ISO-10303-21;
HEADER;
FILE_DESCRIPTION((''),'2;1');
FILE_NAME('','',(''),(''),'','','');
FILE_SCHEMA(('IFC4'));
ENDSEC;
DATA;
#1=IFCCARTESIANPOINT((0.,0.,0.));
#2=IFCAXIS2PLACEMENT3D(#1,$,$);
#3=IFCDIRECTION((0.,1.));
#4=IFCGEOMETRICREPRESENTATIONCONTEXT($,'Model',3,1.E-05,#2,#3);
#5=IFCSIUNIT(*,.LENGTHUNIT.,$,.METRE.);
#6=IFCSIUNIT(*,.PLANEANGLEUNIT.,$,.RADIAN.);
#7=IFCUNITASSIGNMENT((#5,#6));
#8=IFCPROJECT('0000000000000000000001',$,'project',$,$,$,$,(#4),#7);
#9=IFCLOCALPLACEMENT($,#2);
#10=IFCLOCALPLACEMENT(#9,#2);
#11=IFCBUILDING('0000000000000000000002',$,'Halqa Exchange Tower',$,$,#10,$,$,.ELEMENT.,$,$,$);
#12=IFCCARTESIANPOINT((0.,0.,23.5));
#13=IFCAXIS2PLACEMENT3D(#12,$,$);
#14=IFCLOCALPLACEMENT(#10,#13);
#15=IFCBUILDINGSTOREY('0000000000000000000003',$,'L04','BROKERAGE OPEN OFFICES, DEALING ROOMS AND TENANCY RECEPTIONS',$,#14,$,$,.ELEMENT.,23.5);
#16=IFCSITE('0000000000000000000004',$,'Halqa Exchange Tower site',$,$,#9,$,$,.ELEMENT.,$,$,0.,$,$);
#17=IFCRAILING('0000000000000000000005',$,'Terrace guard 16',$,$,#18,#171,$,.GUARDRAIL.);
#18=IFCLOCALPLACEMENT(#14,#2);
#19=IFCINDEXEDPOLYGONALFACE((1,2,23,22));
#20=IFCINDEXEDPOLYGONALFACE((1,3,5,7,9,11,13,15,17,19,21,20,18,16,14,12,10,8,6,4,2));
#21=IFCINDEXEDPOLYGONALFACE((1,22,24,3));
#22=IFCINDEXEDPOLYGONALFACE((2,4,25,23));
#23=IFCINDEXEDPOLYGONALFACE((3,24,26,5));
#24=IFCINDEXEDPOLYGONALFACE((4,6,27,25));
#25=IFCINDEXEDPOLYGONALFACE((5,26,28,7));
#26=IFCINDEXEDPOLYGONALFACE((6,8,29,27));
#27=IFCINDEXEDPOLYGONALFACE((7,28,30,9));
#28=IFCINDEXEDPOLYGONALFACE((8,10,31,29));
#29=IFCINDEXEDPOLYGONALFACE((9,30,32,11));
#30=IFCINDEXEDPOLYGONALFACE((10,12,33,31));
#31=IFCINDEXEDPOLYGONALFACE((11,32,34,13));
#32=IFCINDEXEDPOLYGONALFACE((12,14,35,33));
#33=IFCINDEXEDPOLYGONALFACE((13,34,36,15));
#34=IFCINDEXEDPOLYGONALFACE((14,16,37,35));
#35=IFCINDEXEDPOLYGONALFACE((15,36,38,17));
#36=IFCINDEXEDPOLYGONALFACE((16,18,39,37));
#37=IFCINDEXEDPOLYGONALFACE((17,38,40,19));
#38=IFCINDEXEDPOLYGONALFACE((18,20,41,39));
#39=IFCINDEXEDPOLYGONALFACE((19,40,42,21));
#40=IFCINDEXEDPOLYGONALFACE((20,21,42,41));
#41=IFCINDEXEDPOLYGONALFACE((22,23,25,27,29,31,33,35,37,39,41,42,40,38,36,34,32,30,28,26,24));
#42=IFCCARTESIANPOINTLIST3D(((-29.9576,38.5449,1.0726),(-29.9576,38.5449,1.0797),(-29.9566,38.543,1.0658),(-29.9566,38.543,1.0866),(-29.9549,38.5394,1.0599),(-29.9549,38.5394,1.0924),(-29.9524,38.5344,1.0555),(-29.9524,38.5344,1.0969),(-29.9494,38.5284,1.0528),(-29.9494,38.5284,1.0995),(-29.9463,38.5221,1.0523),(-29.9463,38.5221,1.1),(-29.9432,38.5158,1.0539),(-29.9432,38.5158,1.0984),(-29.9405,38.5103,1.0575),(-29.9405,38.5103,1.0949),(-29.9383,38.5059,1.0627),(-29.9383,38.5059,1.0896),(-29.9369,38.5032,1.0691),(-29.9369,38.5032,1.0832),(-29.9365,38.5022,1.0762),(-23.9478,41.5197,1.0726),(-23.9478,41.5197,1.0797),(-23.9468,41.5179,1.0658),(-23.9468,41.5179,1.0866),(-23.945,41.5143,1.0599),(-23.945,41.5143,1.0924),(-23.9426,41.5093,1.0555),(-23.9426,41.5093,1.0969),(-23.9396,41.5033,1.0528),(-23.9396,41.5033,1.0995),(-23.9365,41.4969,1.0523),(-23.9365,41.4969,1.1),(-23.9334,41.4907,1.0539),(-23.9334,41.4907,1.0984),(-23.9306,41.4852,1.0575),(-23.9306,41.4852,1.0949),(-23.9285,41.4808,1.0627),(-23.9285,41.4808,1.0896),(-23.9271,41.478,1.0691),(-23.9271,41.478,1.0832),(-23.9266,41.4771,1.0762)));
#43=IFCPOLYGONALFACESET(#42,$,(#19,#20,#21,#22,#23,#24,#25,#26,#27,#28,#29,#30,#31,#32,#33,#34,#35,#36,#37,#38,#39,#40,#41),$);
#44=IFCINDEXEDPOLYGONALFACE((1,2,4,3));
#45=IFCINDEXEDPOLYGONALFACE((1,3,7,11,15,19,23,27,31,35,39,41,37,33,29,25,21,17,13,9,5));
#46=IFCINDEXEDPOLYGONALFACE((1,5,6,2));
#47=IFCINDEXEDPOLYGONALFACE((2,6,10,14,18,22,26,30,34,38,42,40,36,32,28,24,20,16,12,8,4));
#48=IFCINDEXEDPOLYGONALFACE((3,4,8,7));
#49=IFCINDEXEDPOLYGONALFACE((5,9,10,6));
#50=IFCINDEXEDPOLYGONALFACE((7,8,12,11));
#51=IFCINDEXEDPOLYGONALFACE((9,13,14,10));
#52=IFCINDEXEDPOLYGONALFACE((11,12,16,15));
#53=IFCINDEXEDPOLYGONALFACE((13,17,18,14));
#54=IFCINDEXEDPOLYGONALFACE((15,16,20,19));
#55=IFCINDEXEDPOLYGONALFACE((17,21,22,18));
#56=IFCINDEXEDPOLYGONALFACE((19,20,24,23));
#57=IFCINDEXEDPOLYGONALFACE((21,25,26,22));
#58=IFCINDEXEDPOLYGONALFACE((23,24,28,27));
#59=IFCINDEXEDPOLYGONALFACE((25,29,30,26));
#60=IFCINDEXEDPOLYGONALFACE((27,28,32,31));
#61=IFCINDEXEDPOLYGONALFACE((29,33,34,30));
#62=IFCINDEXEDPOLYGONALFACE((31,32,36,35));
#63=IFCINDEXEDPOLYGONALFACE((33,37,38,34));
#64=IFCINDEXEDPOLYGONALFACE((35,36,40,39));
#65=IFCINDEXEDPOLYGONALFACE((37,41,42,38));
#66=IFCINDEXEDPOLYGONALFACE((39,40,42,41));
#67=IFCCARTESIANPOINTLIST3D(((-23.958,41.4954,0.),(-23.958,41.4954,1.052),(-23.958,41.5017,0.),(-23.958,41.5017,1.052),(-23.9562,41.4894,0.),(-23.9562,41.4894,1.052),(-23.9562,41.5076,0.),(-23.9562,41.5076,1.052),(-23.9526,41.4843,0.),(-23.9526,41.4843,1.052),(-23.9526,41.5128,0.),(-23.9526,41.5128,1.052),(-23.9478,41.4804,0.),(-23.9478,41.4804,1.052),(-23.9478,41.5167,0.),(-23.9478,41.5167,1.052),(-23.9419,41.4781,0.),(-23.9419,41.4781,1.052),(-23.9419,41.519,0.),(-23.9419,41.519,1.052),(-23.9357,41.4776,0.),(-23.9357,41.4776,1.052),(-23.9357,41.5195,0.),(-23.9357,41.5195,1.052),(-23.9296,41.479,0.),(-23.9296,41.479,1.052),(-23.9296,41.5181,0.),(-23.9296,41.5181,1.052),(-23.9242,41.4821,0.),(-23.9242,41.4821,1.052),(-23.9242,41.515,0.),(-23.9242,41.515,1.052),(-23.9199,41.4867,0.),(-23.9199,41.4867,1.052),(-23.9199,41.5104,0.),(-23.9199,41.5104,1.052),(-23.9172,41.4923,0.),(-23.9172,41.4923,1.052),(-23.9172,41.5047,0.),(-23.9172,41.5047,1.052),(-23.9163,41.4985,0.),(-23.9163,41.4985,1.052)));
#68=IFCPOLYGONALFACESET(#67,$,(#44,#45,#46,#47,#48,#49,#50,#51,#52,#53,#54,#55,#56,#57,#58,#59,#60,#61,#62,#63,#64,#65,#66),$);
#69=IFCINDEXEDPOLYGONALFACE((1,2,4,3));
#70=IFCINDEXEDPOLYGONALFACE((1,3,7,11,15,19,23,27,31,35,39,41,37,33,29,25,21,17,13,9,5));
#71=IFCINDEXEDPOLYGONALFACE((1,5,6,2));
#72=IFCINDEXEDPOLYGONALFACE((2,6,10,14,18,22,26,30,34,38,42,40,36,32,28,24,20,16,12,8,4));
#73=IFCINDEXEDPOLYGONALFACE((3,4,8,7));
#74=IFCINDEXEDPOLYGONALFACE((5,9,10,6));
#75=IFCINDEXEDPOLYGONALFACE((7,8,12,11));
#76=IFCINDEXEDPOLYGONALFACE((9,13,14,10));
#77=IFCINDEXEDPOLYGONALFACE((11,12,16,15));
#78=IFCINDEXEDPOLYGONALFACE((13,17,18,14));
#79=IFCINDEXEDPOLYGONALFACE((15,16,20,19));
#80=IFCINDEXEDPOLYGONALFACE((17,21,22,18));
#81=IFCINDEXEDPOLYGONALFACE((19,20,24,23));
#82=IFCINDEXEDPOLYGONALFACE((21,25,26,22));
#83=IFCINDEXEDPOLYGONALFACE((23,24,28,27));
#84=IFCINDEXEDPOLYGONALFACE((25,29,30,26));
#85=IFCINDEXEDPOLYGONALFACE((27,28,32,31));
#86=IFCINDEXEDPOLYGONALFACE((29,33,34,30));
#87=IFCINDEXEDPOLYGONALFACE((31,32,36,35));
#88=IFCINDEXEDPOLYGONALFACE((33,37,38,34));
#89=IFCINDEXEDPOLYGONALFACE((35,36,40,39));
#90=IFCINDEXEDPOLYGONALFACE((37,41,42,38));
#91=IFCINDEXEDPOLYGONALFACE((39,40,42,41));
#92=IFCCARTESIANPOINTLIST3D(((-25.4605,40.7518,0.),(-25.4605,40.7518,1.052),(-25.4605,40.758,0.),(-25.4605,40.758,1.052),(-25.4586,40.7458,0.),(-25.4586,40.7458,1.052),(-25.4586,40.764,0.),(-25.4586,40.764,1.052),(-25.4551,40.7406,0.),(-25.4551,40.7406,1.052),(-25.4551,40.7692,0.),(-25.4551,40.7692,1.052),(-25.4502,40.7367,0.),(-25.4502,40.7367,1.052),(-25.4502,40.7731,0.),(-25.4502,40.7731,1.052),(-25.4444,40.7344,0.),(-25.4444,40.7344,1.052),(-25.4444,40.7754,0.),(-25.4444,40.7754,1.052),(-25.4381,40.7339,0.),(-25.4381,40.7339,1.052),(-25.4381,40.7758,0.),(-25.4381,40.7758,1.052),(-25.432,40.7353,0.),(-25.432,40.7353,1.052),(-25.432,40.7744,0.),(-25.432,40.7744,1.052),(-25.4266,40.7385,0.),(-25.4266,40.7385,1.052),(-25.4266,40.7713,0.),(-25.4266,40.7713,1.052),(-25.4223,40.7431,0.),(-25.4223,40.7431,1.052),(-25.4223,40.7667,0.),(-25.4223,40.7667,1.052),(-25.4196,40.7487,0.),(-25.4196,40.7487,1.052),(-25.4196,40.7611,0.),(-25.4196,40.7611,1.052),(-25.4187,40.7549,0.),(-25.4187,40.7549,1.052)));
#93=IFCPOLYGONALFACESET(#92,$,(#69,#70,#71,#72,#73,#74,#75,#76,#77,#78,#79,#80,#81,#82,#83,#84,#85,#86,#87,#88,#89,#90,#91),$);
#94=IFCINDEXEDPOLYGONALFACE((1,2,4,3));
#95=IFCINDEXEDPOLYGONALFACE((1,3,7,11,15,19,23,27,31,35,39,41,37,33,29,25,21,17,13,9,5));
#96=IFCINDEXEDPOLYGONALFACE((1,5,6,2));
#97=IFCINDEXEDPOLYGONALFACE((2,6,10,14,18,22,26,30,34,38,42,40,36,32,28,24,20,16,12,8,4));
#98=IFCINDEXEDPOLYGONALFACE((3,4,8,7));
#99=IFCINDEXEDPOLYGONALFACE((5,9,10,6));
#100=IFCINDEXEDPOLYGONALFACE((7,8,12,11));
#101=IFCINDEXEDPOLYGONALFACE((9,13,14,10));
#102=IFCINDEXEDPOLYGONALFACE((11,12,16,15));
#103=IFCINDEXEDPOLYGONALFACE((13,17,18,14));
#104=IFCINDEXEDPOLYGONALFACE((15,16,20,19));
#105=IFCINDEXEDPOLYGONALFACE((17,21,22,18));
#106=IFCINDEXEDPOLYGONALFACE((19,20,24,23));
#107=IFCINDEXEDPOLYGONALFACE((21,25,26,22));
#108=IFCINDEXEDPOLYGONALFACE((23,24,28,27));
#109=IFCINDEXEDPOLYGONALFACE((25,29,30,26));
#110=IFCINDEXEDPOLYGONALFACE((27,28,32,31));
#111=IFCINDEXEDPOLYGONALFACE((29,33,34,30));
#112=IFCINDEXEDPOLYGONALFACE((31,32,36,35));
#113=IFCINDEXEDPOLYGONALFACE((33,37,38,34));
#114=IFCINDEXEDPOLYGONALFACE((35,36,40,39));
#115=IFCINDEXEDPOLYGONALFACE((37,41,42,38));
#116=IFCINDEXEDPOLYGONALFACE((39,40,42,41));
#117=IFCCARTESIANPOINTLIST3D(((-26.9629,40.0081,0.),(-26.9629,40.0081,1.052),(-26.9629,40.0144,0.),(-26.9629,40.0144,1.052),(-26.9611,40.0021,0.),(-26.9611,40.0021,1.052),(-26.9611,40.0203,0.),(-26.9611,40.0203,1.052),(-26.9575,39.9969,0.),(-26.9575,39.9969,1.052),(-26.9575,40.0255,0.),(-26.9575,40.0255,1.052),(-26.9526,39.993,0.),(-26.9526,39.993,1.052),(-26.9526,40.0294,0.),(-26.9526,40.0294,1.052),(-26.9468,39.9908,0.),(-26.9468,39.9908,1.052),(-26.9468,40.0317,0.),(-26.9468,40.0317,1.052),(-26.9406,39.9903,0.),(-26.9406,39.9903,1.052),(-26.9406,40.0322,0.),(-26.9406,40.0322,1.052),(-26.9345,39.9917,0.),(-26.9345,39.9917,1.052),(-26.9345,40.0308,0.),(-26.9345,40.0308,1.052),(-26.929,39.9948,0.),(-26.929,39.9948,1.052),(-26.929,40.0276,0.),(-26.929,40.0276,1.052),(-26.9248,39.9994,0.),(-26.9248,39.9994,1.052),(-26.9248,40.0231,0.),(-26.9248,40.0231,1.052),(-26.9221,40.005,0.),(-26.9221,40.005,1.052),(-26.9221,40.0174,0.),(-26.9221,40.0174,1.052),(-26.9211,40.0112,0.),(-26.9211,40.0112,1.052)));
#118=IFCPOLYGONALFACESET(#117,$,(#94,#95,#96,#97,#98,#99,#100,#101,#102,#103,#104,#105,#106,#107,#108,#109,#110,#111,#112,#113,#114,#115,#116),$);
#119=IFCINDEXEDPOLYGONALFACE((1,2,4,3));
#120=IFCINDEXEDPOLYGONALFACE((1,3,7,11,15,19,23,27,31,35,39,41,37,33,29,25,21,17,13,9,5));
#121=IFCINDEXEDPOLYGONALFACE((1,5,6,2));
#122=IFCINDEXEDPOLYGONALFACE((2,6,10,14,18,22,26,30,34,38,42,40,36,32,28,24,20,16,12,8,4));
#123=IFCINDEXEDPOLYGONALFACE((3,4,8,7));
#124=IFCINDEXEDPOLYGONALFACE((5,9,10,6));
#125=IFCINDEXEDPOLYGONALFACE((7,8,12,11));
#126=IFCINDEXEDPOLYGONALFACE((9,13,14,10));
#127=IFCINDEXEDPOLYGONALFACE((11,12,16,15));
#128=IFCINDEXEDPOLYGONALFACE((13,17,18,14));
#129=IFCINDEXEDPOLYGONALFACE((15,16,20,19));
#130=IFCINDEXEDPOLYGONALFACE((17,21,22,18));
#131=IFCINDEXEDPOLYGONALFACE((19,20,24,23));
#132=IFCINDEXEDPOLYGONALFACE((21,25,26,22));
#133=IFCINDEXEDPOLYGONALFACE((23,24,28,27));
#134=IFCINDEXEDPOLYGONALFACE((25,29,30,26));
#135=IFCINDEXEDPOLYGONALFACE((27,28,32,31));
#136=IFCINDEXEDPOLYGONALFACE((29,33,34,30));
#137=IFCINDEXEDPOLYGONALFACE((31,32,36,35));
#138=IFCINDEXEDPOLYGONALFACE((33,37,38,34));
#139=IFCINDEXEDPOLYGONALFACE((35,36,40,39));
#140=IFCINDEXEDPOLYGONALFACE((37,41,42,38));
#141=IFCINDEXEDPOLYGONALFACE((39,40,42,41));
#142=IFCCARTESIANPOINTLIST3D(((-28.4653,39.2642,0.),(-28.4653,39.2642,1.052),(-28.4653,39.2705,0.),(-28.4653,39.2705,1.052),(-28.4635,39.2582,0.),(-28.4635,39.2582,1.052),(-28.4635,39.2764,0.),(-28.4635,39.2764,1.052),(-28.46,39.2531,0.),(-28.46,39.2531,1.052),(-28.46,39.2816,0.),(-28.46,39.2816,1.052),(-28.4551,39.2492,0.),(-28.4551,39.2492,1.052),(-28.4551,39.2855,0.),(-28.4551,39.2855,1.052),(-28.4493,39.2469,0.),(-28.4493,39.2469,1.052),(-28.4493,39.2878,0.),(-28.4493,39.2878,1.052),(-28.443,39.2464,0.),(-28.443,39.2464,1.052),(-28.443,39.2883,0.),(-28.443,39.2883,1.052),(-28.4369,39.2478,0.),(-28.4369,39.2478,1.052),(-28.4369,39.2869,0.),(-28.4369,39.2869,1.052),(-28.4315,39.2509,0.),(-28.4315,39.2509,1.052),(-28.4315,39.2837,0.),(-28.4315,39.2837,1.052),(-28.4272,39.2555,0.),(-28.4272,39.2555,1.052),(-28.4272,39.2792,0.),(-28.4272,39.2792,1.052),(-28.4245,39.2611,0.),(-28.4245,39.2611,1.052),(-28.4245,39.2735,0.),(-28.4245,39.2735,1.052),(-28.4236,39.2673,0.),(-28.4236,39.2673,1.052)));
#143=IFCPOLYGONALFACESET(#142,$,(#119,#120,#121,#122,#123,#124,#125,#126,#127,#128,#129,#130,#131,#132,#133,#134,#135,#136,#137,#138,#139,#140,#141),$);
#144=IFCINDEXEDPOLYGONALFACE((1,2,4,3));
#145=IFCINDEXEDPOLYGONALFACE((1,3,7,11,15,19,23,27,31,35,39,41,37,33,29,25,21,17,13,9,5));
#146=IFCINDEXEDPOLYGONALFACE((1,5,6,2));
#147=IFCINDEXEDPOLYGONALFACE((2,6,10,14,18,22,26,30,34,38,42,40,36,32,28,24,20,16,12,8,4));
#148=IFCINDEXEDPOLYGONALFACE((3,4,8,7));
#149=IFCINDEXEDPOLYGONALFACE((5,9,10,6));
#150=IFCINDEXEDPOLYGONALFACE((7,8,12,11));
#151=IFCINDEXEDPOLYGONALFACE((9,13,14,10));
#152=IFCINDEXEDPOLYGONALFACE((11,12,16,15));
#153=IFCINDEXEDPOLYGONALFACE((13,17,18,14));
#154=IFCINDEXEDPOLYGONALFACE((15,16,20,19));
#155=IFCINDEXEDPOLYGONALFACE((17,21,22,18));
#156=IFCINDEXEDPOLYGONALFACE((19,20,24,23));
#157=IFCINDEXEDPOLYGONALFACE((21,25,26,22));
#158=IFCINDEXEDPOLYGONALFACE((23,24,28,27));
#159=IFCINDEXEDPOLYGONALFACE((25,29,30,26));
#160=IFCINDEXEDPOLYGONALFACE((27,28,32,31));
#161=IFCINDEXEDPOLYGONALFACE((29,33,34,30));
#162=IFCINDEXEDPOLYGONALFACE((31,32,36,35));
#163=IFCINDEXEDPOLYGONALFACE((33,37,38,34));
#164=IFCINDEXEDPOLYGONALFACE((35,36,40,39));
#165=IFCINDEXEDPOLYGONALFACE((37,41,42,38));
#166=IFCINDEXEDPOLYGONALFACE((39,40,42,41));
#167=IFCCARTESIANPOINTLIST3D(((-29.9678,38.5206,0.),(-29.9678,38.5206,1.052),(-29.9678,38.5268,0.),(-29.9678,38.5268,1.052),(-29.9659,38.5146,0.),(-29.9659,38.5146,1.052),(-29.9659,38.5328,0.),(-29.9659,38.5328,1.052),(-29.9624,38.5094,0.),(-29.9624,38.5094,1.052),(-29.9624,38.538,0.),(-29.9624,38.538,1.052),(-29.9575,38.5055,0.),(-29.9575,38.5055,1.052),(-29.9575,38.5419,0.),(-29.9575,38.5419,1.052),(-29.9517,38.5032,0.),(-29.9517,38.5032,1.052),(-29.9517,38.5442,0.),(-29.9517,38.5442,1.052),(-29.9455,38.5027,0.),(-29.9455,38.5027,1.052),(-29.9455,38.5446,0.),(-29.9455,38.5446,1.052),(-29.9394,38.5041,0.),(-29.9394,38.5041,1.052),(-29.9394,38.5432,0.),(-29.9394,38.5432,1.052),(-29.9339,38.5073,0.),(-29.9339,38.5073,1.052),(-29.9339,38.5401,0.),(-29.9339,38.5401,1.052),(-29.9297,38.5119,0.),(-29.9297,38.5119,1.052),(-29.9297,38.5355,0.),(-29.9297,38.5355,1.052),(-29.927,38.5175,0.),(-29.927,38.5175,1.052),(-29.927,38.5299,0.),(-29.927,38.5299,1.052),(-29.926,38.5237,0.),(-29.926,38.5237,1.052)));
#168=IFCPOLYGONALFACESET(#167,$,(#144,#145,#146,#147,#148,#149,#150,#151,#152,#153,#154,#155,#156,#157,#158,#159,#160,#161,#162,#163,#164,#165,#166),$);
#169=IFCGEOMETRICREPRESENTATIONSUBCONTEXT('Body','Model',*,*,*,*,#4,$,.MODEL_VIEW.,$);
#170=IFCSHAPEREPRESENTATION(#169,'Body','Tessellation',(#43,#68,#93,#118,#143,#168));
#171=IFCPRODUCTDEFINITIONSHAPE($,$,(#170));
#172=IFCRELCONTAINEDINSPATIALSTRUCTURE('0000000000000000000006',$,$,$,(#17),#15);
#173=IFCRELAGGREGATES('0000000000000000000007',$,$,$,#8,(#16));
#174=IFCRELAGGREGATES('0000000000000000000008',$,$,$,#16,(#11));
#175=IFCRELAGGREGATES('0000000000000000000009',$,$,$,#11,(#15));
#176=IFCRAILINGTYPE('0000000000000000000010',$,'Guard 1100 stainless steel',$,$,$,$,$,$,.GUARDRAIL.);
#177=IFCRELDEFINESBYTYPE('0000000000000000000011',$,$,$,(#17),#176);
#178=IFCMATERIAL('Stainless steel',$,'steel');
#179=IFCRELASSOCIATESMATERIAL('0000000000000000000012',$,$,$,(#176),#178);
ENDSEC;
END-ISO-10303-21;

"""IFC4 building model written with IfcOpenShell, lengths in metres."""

from ifc_helpers import new_model, si_unit, direction, frame, origin, origin_2d, place, context, subcontext, project, spatial, circle, extrude, material, type_object, element, save


model = new_model("IFC4")

# Units and contexts
model_context = context("Model", 3, precision=1e-05, world=origin(), true_north=direction((0.0, 1.0)))
body_context = subcontext(model_context, "Body", "Model", "MODEL_VIEW")
ifc_project = project(units=[si_unit("LENGTHUNIT", "METRE"), si_unit("PLANEANGLEUNIT", "RADIAN")], contexts=[model_context])

# Site, building, storey
site_placement = place(None, origin())
site = spatial("IfcSite", under=ifc_project, at=site_placement, Name="Halqa Exchange Tower site", CompositionType="ELEMENT", RefElevation=0.0)
building_placement = place(site_placement, origin())
building = spatial("IfcBuilding", under=site, at=building_placement, Name="Halqa Exchange Tower", CompositionType="ELEMENT")
storey_placement = place(building_placement, frame((0.0, 0.0, 23.5)))
storey = spatial("IfcBuildingStorey", under=building, at=storey_placement, Name="L04", Description="BROKERAGE OPEN OFFICES, DEALING ROOMS AND TENANCY RECEPTIONS", CompositionType="ELEMENT", Elevation=23.5)

# Railing
ifc_material_1 = material(Name="Stainless steel", Category="steel")
railing_type = type_object("IfcRailingType", Name="Guard 1100 stainless steel", PredefinedType="GUARDRAIL", material=ifc_material_1)
railing_1_placement = place(storey_placement, frame((-23.9373, 41.4985, 0.0)))
element("IfcRailing", 1, at=railing_1_placement, inside=storey, type_object=railing_type, Name="Terrace guard 16", PredefinedType="GUARDRAIL", context=body_context, shape_type="SweptSolid", body=[
    extrude(circle(Radius=0.0239, at=origin_2d()), frame((0.0, 0.0, 1.0762), z_axis=(-0.896211, -0.443627, 0.0), x_axis=(0.443627, -0.896211, 0.0)), (0.0, 0.0, 1.0), 6.7058),
    extrude(circle(Radius=0.021, at=origin_2d()), origin(), (0.0, 0.0, 1.0), 1.052),
    extrude(circle(Radius=0.021, at=origin_2d()), frame((-1.5024, -0.7437, 0.0)), (0.0, 0.0, 1.0), 1.052),
    extrude(circle(Radius=0.021, at=origin_2d()), frame((-3.0049, -1.4873, 0.0)), (0.0, 0.0, 1.0), 1.052),
    extrude(circle(Radius=0.021, at=origin_2d()), frame((-4.5073, -2.2312, 0.0)), (0.0, 0.0, 1.0), 1.052),
    extrude(circle(Radius=0.021, at=origin_2d()), frame((-6.0098, -2.9749, 0.0)), (0.0, 0.0, 1.0), 1.052),
])

save(model, "model.ifc")
